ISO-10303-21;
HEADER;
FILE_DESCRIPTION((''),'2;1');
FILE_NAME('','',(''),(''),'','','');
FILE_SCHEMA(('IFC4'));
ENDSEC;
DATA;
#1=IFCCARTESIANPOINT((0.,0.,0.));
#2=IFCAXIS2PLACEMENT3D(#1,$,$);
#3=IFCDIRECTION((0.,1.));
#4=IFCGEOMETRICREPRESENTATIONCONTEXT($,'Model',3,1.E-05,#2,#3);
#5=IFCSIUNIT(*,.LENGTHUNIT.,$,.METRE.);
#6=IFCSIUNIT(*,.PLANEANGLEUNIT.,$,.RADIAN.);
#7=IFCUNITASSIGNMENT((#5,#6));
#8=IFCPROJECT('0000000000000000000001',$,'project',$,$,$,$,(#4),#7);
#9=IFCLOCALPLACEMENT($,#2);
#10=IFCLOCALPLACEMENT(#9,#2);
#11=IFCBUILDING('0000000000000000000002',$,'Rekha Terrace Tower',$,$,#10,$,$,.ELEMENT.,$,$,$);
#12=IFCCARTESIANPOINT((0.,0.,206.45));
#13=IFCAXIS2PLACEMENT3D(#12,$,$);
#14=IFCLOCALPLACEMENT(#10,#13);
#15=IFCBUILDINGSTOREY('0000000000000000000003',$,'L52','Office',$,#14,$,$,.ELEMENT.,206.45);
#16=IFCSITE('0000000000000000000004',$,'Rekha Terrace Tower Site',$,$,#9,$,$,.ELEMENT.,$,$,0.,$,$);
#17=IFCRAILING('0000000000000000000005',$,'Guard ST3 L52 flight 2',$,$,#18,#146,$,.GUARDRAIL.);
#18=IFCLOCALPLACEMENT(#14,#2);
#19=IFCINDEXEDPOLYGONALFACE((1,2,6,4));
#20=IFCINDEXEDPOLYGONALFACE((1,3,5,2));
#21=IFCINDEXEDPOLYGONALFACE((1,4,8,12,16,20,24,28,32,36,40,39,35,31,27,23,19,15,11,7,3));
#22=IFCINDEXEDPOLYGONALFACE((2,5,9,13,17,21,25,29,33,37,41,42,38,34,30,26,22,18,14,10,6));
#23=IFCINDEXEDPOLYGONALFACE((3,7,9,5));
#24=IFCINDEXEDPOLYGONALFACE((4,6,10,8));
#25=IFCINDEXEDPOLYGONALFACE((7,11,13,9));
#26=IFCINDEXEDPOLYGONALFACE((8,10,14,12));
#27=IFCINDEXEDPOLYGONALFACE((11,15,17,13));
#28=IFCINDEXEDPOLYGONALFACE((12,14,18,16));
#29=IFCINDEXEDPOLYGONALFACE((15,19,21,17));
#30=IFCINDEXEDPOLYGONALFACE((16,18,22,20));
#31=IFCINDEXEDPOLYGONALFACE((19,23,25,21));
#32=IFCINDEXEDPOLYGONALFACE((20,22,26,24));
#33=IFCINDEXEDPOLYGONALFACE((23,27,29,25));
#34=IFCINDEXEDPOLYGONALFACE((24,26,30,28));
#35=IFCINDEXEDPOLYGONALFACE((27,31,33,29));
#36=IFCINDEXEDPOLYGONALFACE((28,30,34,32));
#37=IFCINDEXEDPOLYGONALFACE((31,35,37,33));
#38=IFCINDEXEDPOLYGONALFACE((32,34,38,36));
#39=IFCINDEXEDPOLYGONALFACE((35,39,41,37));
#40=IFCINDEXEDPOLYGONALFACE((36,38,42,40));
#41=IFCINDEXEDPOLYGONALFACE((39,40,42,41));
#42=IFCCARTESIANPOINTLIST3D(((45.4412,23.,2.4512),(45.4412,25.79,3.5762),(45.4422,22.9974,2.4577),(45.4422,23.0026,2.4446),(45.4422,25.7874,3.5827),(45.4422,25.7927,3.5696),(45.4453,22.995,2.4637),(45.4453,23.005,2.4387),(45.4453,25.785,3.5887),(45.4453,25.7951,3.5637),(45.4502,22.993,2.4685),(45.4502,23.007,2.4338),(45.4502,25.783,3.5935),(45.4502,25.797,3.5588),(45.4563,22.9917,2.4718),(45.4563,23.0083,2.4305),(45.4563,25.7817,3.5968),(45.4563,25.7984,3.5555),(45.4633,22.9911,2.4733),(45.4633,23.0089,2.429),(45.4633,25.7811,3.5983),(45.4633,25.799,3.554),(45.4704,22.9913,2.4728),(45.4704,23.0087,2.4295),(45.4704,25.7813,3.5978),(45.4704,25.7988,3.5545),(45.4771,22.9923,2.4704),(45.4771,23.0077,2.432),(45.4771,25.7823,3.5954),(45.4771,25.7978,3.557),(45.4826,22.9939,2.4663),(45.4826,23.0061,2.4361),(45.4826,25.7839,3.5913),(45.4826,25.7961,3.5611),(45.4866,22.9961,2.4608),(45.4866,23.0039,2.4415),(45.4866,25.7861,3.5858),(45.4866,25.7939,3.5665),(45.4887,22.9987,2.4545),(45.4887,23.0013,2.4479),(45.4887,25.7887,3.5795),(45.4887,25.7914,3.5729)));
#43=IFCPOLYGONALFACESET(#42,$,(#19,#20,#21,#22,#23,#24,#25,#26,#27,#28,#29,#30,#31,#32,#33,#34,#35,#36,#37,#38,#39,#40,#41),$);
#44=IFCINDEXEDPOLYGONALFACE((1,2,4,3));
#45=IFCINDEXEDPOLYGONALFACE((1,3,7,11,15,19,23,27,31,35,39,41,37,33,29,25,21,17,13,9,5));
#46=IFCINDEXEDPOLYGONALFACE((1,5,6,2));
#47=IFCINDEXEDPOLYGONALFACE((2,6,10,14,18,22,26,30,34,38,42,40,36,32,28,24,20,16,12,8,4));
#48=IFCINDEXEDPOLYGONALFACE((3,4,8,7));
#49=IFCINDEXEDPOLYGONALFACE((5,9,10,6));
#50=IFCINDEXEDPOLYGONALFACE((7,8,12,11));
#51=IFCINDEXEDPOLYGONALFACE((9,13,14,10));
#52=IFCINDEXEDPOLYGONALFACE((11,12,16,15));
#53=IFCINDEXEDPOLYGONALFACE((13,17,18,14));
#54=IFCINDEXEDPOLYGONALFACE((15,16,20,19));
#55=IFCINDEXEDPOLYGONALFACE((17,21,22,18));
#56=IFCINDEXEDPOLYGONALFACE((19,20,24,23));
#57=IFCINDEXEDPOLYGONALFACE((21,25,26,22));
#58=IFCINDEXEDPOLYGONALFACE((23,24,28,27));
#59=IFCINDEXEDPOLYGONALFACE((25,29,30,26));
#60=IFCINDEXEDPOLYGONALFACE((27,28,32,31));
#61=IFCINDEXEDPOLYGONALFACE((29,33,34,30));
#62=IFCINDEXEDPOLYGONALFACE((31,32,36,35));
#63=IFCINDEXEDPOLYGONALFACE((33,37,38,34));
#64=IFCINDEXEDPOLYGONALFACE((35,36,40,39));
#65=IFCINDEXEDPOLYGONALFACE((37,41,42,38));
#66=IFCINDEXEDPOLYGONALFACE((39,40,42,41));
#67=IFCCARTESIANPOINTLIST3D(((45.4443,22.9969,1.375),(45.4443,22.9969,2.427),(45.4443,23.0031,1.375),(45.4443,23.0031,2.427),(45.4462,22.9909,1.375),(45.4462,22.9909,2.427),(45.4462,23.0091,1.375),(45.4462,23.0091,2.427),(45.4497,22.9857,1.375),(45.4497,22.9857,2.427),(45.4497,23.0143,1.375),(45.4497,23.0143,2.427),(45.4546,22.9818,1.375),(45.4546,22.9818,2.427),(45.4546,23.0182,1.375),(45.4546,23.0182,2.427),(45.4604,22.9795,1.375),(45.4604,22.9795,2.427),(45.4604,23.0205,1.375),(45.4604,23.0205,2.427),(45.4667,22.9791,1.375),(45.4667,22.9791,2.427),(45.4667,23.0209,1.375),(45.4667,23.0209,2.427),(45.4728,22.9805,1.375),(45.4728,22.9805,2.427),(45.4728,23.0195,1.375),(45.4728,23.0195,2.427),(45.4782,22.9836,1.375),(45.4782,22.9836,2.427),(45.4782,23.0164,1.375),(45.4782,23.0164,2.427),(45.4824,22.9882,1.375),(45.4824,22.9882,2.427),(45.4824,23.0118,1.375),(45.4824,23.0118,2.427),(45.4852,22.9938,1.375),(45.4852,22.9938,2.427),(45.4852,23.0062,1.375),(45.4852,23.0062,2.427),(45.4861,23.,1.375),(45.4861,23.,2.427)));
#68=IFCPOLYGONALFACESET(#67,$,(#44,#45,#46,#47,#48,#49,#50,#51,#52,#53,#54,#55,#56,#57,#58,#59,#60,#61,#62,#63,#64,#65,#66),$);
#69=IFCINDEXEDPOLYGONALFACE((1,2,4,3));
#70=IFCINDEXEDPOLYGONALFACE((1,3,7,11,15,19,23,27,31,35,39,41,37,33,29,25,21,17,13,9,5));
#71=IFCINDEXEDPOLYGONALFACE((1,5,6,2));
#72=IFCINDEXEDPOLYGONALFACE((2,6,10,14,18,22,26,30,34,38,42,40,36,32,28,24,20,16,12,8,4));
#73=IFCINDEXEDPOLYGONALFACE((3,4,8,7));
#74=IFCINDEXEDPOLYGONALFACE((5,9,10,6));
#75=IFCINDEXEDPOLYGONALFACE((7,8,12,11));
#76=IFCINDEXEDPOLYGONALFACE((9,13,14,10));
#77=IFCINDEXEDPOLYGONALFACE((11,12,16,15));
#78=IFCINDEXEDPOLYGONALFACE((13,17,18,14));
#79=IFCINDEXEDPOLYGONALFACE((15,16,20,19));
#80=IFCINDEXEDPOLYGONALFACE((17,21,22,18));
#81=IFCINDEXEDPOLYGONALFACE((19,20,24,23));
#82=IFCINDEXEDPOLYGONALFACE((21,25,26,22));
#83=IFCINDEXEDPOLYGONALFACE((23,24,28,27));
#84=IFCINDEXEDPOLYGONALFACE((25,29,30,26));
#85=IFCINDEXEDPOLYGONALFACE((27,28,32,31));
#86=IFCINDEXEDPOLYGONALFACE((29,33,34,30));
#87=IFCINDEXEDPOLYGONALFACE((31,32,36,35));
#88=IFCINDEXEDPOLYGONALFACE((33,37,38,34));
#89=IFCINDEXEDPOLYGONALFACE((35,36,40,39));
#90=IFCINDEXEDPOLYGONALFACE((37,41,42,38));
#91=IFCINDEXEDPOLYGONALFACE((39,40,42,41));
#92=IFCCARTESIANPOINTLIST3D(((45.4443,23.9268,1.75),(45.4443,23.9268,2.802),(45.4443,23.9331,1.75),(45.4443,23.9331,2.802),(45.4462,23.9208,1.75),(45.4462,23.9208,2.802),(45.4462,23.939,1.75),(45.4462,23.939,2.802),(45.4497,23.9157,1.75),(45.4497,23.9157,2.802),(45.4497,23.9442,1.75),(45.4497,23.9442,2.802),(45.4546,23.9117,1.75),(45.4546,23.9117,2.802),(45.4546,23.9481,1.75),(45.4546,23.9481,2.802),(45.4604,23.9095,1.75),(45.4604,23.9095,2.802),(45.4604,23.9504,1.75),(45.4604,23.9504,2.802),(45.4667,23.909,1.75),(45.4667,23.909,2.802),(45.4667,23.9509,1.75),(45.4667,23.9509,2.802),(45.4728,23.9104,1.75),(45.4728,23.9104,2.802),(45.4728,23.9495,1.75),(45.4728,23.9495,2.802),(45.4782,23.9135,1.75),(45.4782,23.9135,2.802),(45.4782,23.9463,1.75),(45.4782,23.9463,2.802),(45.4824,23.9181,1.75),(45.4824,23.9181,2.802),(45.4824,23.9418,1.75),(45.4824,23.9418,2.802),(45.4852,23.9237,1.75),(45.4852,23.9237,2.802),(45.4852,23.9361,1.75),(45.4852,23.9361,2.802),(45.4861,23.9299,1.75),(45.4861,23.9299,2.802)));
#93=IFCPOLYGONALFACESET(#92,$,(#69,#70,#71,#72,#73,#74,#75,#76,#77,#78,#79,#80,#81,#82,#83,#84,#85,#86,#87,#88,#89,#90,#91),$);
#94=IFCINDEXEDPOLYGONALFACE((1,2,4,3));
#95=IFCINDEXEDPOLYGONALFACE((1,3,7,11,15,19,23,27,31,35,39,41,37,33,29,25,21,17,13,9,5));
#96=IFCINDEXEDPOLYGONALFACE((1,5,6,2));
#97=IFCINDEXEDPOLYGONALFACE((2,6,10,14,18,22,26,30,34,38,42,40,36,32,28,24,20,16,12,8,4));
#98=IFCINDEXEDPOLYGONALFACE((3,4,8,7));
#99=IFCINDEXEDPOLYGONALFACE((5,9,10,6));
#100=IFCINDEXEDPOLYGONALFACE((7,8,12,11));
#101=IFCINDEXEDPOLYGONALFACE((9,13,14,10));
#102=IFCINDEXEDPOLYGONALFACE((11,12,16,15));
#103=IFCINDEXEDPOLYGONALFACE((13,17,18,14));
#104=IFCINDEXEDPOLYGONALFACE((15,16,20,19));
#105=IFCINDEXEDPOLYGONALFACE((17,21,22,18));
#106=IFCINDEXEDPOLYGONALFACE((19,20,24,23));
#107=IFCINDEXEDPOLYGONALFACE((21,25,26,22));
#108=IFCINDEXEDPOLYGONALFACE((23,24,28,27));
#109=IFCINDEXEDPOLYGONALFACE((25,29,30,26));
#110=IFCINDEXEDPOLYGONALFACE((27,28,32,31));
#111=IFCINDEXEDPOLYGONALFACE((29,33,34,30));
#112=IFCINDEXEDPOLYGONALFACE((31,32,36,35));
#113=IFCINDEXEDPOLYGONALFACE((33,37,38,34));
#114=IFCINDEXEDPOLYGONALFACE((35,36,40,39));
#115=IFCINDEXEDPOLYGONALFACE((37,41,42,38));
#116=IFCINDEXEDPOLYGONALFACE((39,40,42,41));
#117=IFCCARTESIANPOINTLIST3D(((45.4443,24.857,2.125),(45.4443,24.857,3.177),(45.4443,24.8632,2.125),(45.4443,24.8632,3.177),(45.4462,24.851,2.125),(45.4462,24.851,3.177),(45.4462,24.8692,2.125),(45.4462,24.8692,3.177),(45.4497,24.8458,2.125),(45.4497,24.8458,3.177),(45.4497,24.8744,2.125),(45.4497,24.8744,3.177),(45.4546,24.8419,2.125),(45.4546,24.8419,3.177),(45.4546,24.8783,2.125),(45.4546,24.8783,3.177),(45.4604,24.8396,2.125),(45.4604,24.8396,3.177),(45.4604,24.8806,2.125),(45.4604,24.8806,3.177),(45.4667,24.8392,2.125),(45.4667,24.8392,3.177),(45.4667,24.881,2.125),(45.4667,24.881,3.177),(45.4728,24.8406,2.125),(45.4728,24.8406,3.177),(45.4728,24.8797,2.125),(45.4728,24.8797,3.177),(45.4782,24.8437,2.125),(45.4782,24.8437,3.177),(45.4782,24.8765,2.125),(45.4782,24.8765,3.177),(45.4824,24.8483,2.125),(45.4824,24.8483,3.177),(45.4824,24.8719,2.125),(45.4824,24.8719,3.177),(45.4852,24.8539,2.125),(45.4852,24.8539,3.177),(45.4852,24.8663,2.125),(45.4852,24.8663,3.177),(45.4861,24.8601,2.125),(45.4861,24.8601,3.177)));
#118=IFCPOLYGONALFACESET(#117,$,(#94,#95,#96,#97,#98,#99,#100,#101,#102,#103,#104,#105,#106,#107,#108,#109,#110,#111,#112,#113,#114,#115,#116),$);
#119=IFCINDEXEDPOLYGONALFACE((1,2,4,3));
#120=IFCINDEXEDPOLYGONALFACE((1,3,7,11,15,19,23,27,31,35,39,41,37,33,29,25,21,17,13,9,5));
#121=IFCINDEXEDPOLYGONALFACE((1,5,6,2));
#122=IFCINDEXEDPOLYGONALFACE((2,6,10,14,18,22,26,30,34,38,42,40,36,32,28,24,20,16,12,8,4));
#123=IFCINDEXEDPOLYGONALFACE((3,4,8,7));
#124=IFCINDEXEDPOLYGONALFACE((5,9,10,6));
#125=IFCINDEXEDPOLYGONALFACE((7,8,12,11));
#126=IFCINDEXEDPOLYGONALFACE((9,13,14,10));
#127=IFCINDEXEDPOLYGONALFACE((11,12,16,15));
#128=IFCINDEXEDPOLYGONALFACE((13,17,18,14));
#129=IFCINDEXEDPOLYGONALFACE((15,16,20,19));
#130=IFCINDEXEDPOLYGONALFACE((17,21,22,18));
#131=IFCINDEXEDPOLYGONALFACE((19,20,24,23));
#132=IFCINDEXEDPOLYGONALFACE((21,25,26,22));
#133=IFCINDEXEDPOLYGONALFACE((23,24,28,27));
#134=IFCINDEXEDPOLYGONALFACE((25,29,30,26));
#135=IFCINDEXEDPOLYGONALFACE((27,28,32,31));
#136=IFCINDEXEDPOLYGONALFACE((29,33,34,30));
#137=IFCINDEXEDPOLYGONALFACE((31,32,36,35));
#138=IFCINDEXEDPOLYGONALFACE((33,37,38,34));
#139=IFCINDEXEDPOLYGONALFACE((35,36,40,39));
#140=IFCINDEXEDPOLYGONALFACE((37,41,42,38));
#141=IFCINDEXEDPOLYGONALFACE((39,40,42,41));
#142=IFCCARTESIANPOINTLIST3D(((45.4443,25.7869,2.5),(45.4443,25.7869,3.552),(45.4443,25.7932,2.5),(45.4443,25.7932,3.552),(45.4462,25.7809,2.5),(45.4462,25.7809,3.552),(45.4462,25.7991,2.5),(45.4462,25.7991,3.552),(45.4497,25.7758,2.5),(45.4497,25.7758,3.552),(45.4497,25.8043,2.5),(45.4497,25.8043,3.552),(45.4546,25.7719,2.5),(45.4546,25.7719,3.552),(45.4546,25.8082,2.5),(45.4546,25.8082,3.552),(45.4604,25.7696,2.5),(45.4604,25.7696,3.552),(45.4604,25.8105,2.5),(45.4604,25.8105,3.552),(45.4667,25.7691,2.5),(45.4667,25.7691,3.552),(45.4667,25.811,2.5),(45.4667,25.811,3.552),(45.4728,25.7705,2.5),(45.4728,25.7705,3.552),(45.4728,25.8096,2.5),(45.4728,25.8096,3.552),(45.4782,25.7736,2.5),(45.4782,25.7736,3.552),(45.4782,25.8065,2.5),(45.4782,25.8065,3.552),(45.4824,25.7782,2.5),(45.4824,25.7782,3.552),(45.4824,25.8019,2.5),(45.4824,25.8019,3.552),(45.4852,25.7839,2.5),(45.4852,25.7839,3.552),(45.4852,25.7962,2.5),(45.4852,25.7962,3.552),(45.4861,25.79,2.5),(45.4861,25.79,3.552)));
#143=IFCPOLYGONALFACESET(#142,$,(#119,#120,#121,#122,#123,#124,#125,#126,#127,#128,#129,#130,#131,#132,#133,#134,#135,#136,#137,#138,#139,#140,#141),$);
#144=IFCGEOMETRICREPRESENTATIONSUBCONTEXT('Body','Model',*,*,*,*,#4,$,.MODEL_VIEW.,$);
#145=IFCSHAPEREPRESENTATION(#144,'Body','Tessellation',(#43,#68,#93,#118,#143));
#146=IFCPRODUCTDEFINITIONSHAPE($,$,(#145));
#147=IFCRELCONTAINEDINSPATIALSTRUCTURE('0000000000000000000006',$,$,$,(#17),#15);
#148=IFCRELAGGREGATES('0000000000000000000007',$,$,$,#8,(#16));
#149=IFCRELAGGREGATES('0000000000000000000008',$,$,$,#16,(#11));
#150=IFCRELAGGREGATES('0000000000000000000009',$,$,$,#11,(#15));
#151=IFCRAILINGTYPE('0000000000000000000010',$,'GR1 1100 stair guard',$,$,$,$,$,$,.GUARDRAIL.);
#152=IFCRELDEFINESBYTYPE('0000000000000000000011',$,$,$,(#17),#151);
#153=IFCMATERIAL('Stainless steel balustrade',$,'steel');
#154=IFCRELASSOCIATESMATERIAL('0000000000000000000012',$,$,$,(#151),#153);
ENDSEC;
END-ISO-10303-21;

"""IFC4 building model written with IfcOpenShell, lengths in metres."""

from ifc_helpers import new_model, si_unit, direction, frame, origin, origin_2d, place, context, subcontext, project, spatial, circle, extrude, material, type_object, element, save


model = new_model("IFC4")

# Units and contexts
model_context = context("Model", 3, precision=1e-05, world=origin(), true_north=direction((0.0, 1.0)))
body_context = subcontext(model_context, "Body", "Model", "MODEL_VIEW")
ifc_project = project(units=[si_unit("LENGTHUNIT", "METRE"), si_unit("PLANEANGLEUNIT", "RADIAN")], contexts=[model_context])

# Site, building, storey
site_placement = place(None, origin())
site = spatial("IfcSite", under=ifc_project, at=site_placement, Name="Rekha Terrace Tower Site", CompositionType="ELEMENT", RefElevation=0.0)
building_placement = place(site_placement, origin())
building = spatial("IfcBuilding", under=site, at=building_placement, Name="Rekha Terrace Tower", CompositionType="ELEMENT")
storey_placement = place(building_placement, frame((0.0, 0.0, 206.45)))
storey = spatial("IfcBuildingStorey", under=building, at=storey_placement, Name="L52", Description="Office", CompositionType="ELEMENT", Elevation=206.45)

# Railing
ifc_material_1 = material(Name="Stainless steel balustrade", Category="steel")
railing_type_1 = type_object("IfcRailingType", Name="GR1 1100 stair guard", PredefinedType="GUARDRAIL", material=ifc_material_1)
railing_1_placement = place(storey_placement, frame((45.4651, 23.0, 1.375)))
element("IfcRailing", 1, at=railing_1_placement, inside=storey, type_object=railing_type_1, Name="Guard ST3 L52 flight 2", PredefinedType="GUARDRAIL", context=body_context, shape_type="SweptSolid", body=[
    extrude(circle(Radius=0.0239, at=origin_2d()), frame((0.0, 0.0, 1.0762), z_axis=(0.0, 0.927443, 0.373964), x_axis=(-1.0, 0.0, 0.0)), (0.0, 0.0, 1.0), 3.0083),
    extrude(circle(Radius=0.021, at=origin_2d()), origin(), (0.0, 0.0, 1.0), 1.052),
    extrude(circle(Radius=0.021, at=origin_2d()), frame((0.0, 0.9299, 0.375)), (0.0, 0.0, 1.0), 1.052),
    extrude(circle(Radius=0.021, at=origin_2d()), frame((0.0, 1.8601, 0.75)), (0.0, 0.0, 1.0), 1.052),
    extrude(circle(Radius=0.021, at=origin_2d()), frame((0.0, 2.79, 1.125)), (0.0, 0.0, 1.0), 1.052),
])

save(model, "model.ifc")
